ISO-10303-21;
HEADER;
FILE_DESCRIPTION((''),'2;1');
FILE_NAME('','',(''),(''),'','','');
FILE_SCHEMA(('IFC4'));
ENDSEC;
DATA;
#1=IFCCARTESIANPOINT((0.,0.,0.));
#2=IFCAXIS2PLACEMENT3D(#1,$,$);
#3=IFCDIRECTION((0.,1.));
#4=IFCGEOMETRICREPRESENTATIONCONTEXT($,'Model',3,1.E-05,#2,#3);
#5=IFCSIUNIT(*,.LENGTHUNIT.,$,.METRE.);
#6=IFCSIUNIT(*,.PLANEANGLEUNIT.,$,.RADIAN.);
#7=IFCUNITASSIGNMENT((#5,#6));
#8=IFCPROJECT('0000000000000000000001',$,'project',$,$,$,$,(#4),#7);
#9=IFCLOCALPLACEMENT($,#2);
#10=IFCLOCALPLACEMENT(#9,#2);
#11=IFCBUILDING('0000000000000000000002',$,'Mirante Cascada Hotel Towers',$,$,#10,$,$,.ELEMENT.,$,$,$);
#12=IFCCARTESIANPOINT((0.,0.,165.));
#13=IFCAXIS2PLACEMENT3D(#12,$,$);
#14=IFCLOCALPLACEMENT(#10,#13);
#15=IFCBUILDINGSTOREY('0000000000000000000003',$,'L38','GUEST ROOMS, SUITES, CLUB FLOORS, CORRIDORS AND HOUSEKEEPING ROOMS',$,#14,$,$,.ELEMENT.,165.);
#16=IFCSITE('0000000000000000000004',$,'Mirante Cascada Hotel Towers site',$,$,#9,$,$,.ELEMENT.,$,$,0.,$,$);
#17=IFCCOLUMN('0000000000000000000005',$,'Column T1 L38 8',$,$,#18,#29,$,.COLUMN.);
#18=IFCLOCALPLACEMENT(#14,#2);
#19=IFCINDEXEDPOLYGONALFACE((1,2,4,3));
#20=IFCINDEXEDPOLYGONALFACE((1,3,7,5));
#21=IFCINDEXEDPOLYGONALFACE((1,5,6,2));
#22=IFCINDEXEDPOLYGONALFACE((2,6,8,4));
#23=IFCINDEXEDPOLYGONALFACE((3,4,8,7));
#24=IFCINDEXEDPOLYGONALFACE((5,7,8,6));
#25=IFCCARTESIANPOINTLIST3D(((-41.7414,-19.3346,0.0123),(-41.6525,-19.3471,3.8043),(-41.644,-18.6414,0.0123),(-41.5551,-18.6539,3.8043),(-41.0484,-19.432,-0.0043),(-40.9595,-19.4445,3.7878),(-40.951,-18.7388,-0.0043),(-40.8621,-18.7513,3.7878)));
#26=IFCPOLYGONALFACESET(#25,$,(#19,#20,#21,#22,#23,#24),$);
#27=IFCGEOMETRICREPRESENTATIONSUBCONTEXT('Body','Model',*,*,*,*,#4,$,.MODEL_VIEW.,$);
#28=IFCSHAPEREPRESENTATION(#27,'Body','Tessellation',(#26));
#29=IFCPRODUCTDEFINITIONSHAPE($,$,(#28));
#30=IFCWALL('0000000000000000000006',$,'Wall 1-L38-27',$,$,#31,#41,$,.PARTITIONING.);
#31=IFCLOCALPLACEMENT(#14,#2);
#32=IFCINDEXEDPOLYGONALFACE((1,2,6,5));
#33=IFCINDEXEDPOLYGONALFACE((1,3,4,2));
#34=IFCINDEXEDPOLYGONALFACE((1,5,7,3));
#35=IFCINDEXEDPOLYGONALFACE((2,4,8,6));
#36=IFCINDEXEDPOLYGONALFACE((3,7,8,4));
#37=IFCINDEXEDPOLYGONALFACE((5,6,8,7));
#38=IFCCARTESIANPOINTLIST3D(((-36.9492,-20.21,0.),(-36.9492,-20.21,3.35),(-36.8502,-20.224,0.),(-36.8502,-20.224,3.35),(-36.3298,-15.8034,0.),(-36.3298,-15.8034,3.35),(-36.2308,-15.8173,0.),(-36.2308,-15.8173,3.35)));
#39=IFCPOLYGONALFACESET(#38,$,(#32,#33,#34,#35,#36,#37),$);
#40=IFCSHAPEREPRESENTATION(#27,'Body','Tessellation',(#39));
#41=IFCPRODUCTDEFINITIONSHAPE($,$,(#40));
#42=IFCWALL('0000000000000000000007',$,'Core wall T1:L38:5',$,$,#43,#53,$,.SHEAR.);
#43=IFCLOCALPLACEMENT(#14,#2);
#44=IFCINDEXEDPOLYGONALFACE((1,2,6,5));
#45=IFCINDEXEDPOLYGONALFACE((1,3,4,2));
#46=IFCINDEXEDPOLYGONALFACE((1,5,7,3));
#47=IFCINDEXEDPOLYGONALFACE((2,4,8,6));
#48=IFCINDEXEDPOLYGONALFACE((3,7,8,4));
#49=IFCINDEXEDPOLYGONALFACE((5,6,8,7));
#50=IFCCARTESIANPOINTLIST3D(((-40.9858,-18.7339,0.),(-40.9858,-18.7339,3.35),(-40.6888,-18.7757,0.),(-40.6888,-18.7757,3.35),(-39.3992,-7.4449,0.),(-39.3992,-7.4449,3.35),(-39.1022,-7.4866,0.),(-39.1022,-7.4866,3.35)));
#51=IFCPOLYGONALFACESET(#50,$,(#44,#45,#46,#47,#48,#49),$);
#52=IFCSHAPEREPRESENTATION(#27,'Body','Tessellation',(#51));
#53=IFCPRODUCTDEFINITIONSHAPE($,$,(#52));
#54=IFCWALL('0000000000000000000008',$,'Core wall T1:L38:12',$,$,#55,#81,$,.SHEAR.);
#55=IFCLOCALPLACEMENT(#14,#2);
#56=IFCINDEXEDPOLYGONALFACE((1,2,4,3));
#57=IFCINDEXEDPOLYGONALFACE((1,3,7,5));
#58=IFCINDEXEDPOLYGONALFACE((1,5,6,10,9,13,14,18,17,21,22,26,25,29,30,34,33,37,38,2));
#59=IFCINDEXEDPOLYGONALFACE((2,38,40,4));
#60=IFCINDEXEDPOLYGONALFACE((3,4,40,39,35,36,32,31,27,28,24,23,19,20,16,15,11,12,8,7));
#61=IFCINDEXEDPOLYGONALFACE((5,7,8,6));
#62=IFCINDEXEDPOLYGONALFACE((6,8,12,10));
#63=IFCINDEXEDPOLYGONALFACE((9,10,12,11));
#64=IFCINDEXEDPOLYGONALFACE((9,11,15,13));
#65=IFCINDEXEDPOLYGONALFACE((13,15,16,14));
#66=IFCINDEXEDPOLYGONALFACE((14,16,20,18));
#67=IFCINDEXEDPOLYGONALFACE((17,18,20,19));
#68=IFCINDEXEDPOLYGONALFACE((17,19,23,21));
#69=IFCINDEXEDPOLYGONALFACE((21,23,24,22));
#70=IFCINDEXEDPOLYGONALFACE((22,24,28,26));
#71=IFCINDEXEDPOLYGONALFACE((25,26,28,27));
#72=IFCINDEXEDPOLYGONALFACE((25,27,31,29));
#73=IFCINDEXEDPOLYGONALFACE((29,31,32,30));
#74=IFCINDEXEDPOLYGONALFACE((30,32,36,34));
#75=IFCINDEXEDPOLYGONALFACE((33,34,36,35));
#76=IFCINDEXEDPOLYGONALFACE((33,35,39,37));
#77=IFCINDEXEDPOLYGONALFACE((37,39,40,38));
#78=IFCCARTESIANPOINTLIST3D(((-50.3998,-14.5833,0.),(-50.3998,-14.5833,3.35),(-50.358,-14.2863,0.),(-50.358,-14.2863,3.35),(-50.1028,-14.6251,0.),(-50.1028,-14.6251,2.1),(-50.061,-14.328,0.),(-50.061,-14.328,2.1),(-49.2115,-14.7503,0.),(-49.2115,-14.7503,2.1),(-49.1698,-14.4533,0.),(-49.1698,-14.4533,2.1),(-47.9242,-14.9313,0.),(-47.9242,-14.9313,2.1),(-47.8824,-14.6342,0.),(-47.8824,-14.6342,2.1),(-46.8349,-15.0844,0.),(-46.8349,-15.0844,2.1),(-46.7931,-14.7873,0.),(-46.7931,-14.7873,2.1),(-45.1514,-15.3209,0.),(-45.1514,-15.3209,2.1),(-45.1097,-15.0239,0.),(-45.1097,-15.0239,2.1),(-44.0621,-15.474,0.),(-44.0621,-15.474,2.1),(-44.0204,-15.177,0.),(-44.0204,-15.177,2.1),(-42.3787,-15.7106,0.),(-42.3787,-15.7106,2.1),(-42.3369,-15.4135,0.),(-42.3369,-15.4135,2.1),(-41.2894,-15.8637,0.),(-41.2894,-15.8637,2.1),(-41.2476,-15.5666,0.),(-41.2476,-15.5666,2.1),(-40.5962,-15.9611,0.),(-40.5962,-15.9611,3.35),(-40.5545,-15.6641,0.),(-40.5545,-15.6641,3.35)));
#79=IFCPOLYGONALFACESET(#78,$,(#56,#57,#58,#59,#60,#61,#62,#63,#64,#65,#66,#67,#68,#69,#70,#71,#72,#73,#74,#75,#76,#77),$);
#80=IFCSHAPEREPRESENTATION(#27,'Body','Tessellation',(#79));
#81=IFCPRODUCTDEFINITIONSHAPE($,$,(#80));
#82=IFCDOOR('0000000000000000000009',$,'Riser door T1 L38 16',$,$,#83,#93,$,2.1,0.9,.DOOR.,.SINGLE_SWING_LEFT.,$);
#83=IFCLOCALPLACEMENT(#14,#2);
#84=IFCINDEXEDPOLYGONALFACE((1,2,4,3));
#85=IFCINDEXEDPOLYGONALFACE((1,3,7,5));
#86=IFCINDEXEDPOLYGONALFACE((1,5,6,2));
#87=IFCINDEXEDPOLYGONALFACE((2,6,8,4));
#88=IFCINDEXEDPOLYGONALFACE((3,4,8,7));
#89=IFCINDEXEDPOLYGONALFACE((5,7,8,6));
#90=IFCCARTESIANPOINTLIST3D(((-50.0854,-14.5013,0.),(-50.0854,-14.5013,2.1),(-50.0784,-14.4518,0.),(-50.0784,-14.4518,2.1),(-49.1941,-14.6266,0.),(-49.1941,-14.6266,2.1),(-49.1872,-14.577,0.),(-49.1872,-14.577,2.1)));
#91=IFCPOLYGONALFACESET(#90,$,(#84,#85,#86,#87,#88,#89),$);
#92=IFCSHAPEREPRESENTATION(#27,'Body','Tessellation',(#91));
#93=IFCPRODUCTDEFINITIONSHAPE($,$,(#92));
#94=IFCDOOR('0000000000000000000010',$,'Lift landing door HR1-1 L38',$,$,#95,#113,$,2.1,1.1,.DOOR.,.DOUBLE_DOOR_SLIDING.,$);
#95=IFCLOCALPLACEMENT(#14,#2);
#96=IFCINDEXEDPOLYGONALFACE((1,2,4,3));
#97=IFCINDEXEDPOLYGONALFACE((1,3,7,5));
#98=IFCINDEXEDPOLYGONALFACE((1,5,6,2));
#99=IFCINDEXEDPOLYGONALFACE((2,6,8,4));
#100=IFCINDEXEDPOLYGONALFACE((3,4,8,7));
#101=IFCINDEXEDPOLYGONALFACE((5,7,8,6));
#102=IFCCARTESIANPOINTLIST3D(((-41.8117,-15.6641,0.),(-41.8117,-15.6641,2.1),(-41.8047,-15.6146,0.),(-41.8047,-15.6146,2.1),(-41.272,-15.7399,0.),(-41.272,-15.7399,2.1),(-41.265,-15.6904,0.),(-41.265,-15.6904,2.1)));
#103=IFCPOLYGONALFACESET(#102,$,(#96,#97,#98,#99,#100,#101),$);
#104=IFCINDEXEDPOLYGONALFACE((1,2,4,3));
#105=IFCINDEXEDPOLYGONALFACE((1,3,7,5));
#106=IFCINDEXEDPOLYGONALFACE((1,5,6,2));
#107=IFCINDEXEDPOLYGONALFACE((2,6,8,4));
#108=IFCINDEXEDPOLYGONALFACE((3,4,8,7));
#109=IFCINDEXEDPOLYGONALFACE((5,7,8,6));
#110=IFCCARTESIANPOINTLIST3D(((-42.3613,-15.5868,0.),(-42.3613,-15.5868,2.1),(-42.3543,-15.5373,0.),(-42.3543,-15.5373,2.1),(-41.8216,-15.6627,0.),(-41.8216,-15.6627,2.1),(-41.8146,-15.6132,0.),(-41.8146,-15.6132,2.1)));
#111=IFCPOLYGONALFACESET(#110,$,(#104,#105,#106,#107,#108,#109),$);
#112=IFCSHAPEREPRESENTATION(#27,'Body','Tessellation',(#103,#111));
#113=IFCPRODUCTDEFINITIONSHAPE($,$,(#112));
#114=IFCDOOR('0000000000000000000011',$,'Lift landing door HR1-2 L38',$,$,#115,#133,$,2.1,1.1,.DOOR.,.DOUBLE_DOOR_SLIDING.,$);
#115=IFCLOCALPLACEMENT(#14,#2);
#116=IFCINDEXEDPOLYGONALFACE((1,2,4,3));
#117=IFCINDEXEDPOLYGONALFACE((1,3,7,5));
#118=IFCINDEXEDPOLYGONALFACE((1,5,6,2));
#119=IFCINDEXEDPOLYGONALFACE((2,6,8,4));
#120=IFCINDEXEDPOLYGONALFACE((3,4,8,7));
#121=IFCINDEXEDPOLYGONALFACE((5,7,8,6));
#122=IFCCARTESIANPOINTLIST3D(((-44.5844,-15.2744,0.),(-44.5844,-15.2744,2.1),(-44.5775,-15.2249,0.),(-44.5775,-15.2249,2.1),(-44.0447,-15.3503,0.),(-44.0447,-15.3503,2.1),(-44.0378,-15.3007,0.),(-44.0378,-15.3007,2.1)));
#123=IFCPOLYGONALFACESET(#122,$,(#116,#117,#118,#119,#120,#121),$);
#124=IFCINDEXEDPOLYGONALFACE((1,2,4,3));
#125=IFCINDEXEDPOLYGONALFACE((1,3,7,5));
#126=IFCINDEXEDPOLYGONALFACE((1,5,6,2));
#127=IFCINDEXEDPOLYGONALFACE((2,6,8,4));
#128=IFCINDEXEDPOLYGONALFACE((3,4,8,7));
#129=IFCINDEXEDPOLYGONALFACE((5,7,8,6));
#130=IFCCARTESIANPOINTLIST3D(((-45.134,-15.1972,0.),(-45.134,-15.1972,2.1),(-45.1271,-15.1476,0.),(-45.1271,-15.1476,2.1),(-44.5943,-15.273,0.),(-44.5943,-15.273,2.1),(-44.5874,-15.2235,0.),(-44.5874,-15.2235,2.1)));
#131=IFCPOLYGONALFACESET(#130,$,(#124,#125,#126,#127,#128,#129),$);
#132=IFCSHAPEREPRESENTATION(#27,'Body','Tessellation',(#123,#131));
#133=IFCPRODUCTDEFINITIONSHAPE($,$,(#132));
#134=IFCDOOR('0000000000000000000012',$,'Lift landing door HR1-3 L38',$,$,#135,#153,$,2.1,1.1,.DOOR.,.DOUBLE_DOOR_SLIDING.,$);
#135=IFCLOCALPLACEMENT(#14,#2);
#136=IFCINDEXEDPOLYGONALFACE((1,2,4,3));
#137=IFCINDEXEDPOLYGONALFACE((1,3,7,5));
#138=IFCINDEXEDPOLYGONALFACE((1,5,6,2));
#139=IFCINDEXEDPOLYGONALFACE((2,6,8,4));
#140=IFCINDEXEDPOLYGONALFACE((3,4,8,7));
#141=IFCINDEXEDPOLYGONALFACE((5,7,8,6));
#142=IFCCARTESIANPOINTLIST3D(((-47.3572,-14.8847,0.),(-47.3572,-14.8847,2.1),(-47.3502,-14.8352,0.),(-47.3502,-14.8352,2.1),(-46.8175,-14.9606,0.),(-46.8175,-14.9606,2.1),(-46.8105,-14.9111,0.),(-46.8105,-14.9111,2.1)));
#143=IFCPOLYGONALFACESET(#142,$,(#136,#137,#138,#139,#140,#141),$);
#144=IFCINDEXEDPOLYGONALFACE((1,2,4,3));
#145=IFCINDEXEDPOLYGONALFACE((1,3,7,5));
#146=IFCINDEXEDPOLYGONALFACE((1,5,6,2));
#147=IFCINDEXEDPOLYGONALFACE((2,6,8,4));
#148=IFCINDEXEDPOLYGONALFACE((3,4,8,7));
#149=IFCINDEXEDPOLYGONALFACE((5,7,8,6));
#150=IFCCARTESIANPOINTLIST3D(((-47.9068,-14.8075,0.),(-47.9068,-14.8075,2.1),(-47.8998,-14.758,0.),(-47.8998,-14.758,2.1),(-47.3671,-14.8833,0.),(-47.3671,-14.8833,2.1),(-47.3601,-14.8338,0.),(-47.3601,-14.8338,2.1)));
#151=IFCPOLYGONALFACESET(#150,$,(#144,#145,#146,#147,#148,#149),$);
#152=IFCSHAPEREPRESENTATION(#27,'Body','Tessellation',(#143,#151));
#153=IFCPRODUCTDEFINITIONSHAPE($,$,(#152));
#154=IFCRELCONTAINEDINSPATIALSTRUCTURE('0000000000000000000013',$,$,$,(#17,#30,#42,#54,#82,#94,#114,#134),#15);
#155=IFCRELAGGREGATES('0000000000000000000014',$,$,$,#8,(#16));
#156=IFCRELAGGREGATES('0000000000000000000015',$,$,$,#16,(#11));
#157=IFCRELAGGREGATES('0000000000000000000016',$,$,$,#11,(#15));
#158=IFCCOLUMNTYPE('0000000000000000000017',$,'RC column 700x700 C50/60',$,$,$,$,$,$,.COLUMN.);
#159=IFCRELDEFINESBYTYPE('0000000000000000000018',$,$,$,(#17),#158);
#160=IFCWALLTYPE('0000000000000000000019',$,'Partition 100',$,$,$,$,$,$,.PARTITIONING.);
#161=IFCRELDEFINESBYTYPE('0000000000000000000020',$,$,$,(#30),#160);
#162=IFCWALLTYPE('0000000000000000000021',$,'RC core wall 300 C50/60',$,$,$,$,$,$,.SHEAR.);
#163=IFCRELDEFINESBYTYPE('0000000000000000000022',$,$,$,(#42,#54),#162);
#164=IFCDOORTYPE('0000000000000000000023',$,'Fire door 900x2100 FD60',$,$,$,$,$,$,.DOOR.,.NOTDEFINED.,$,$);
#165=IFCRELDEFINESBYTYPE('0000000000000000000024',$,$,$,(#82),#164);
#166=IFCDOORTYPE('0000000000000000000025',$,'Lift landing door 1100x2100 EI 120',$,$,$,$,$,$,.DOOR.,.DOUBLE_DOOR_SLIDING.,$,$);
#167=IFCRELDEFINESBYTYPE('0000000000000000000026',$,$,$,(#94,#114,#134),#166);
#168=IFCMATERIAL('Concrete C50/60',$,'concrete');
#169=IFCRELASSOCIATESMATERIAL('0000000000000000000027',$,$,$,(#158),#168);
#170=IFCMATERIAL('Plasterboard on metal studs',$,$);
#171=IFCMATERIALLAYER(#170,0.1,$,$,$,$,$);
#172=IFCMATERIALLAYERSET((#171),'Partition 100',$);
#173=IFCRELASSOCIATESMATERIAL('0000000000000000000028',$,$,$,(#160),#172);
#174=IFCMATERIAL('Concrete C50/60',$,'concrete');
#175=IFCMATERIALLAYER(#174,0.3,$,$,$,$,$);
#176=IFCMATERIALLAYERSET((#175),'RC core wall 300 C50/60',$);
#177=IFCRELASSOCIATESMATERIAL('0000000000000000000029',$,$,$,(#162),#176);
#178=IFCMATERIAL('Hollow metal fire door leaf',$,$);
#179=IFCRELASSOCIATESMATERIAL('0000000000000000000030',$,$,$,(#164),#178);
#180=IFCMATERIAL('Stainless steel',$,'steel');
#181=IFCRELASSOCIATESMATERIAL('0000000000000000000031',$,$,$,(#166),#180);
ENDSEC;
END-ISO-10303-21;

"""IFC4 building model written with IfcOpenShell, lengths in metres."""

from ifc_helpers import new_model, si_unit, direction, frame, frame_2d, origin, origin_2d, place, context, subcontext, project, spatial, rectangle, extrude, material, layer, layer_set, material_profile, profile_set, type_object, element, fill, save


model = new_model("IFC4")

# Units and contexts
model_context = context("Model", 3, precision=1e-05, world=origin(), true_north=direction((0.0, 1.0)))
body_context = subcontext(model_context, "Body", "Model", "MODEL_VIEW")
ifc_project = project(units=[si_unit("LENGTHUNIT", "METRE"), si_unit("PLANEANGLEUNIT", "RADIAN")], contexts=[model_context])

# Site, building, storey
site_placement = place(None, origin())
site = spatial("IfcSite", under=ifc_project, at=site_placement, Name="Mirante Cascada Hotel Towers site", CompositionType="ELEMENT", RefElevation=0.0)
building_placement = place(site_placement, origin())
building = spatial("IfcBuilding", under=site, at=building_placement, Name="Mirante Cascada Hotel Towers", CompositionType="ELEMENT")
storey_placement = place(building_placement, frame((0.0, 0.0, 165.0)))
storey = spatial("IfcBuildingStorey", under=building, at=storey_placement, Name="L38", Description="GUEST ROOMS, SUITES, CLUB FLOORS, CORRIDORS AND HOUSEKEEPING ROOMS", CompositionType="ELEMENT", Elevation=165.0)

# Column
ifc_material_1 = material(Name="Concrete C50/60", Category="concrete")
ifc_material_profile = material_profile(ifc_material_1, rectangle(XDim=0.7, YDim=0.7, at=origin_2d()), Name="RC column 700x700 C50/60")
ifc_profile_set = profile_set([ifc_material_profile], Name="Concrete C50/60")
column_type = type_object("IfcColumnType", Name="RC column 700x700 C50/60", PredefinedType="COLUMN", material=ifc_profile_set)
column_placement = place(storey_placement, frame((-41.3462, -19.0367, 0.004), z_axis=(0.023438, -0.003295, 0.99972), x_axis=(0.139238, 0.990259, 0.0)))
element("IfcColumn", 1, at=column_placement, inside=storey, type_object=column_type, Name="Column T1 L38 8", PredefinedType="COLUMN", context=body_context, shape_type="SweptSolid", body=[
    extrude(rectangle(XDim=0.7, YDim=0.7, at=origin_2d()), origin(), (0.0, 0.0, 1.0), 3.7931),
])

# Walls
ifc_material_2 = material(Name="Plasterboard on metal studs")
ifc_layer_1 = layer(ifc_material_2, 0.1)
ifc_layer_set_1 = layer_set([ifc_layer_1], Name="Partition 100")
wall_type_1 = type_object("IfcWallType", Name="Partition 100", PredefinedType="PARTITIONING", material=ifc_layer_set_1)
wall_1_placement = place(storey_placement, frame((-36.8997, -20.217, 0.0), z_axis=(0.0, 0.0, 1.0), x_axis=(0.13919, 0.990266, 0.0)))
element("IfcWall", 2, at=wall_1_placement, inside=storey, type_object=wall_type_1, Name="Wall 1-L38-27", PredefinedType="PARTITIONING", context=body_context, shape_type="SweptSolid", body=[
    extrude(rectangle(XDim=4.45, YDim=0.1, at=frame_2d((2.225, 0.0))), origin(), (0.0, 0.0, 1.0), 3.35),
])
ifc_material_3 = material(Name="Concrete C50/60", Category="concrete")
ifc_layer_2 = layer(ifc_material_3, 0.3)
ifc_layer_set_2 = layer_set([ifc_layer_2], Name="RC core wall 300 C50/60")
wall_type_2 = type_object("IfcWallType", Name="RC core wall 300 C50/60", PredefinedType="SHEAR", material=ifc_layer_set_2)
wall_2_placement = place(storey_placement, frame((-40.8373, -18.7548, 0.0), z_axis=(0.0, 0.0, 1.0), x_axis=(0.139175, 0.990268, 0.0)))
element("IfcWall", 3, at=wall_2_placement, inside=storey, type_object=wall_type_2, Name="Core wall T1:L38:5", PredefinedType="SHEAR", context=body_context, shape_type="SweptSolid", body=[
    extrude(rectangle(XDim=11.4, YDim=0.3, at=frame_2d((5.7, 0.0))), origin(), (0.0, 0.0, 1.0), 3.35),
])

# Wall, openings, doors
wall_3_placement = place(storey_placement, frame((-40.5753, -15.8126, 0.0), z_axis=(0.0, 0.0, 1.0), x_axis=(-0.990268, 0.139173, 0.0)))
wall_3 = element("IfcWall", 4, at=wall_3_placement, inside=storey, type_object=wall_type_2, Name="Core wall T1:L38:12", PredefinedType="SHEAR", context=body_context, shape_type="SweptSolid", body=[
    extrude(rectangle(XDim=9.8999, YDim=0.3, at=frame_2d((4.95, 0.0))), origin(), (0.0, 0.0, 1.0), 3.35),
])
opening_1_placement = place(wall_3_placement, frame((0.7, 0.0, 0.0)))
opening_1 = element("IfcOpeningElement", 5, at=opening_1_placement, cuts=wall_3, PredefinedType="OPENING", context=body_context, shape_type="SweptSolid", body=[
    extrude(rectangle(XDim=1.1, YDim=2.1, at=frame_2d((0.55, 1.05))), frame((0.0, 0.15, 0.0), z_axis=(0.0, -1.0, 0.0), x_axis=(1.0, 0.0, 0.0)), (0.0, 0.0, 1.0), 0.3),
])
opening_2_placement = place(wall_3_placement, frame((3.5, 0.0, 0.0)))
opening_2 = element("IfcOpeningElement", 6, at=opening_2_placement, cuts=wall_3, PredefinedType="OPENING", context=body_context, shape_type="SweptSolid", body=[
    extrude(rectangle(XDim=1.1, YDim=2.1, at=frame_2d((0.55, 1.05))), frame((0.0, 0.15, 0.0), z_axis=(0.0, -1.0, 0.0), x_axis=(1.0, 0.0, 0.0)), (0.0, 0.0, 1.0), 0.3),
])
opening_3_placement = place(wall_3_placement, frame((6.3, 0.0, 0.0)))
opening_3 = element("IfcOpeningElement", 7, at=opening_3_placement, cuts=wall_3, PredefinedType="OPENING", context=body_context, shape_type="SweptSolid", body=[
    extrude(rectangle(XDim=1.1, YDim=2.1, at=frame_2d((0.55, 1.05))), frame((0.0, 0.15, 0.0), z_axis=(0.0, -1.0, 0.0), x_axis=(1.0, 0.0, 0.0)), (0.0, 0.0, 1.0), 0.3),
])
opening_4_placement = place(wall_3_placement, frame((8.7, 0.0, 0.0)))
opening_4 = element("IfcOpeningElement", 8, at=opening_4_placement, cuts=wall_3, PredefinedType="OPENING", context=body_context, shape_type="SweptSolid", body=[
    extrude(rectangle(XDim=0.9, YDim=2.1, at=frame_2d((0.45, 1.05))), frame((0.0, 0.15, 0.0), z_axis=(0.0, -1.0, 0.0), x_axis=(1.0, 0.0, 0.0)), (0.0, 0.0, 1.0), 0.3),
])
ifc_material_4 = material(Name="Hollow metal fire door leaf")
door_type_1 = type_object("IfcDoorType", Name="Fire door 900x2100 FD60", OperationType="NOTDEFINED", PredefinedType="DOOR", material=ifc_material_4)
door_1_placement = place(opening_4_placement, origin())
door_1 = element("IfcDoor", 9, at=door_1_placement, inside=storey, type_object=door_type_1, Name="Riser door T1 L38 16", OperationType="SINGLE_SWING_LEFT", OverallHeight=2.1, OverallWidth=0.9, PredefinedType="DOOR", context=body_context, shape_type="SweptSolid", body=[
    extrude(rectangle(XDim=0.9, YDim=2.1, at=frame_2d((0.45, 1.05))), frame((0.0, 0.025, 0.0), z_axis=(0.0, -1.0, 0.0), x_axis=(1.0, 0.0, 0.0)), (0.0, 0.0, 1.0), 0.05),
])
fill(opening_4, door_1)
ifc_material_5 = material(Name="Stainless steel", Category="steel")
door_type_2 = type_object("IfcDoorType", Name="Lift landing door 1100x2100 EI 120", OperationType="DOUBLE_DOOR_SLIDING", PredefinedType="DOOR", material=ifc_material_5)
door_2_placement = place(opening_1_placement, origin())
door_2 = element("IfcDoor", 10, at=door_2_placement, inside=storey, type_object=door_type_2, Name="Lift landing door HR1-1 L38", OperationType="DOUBLE_DOOR_SLIDING", OverallHeight=2.1, OverallWidth=1.1, PredefinedType="DOOR", context=body_context, shape_type="SweptSolid", body=[
    extrude(rectangle(XDim=0.545, YDim=2.1, at=frame_2d((0.2725, 1.05))), frame((0.0, 0.025, 0.0), z_axis=(0.0, -1.0, 0.0), x_axis=(1.0, 0.0, 0.0)), (0.0, 0.0, 1.0), 0.05),
    extrude(rectangle(XDim=0.545, YDim=2.1, at=frame_2d((0.8275, 1.05))), frame((0.0, 0.025, 0.0), z_axis=(0.0, -1.0, 0.0), x_axis=(1.0, 0.0, 0.0)), (0.0, 0.0, 1.0), 0.05),
])
fill(opening_1, door_2)
door_3_placement = place(opening_2_placement, origin())
door_3 = element("IfcDoor", 11, at=door_3_placement, inside=storey, type_object=door_type_2, Name="Lift landing door HR1-2 L38", OperationType="DOUBLE_DOOR_SLIDING", OverallHeight=2.1, OverallWidth=1.1, PredefinedType="DOOR", context=body_context, shape_type="SweptSolid", body=[
    extrude(rectangle(XDim=0.545, YDim=2.1, at=frame_2d((0.2725, 1.05))), frame((0.0, 0.025, 0.0), z_axis=(0.0, -1.0, 0.0), x_axis=(1.0, 0.0, 0.0)), (0.0, 0.0, 1.0), 0.05),
    extrude(rectangle(XDim=0.545, YDim=2.1, at=frame_2d((0.8275, 1.05))), frame((0.0, 0.025, 0.0), z_axis=(0.0, -1.0, 0.0), x_axis=(1.0, 0.0, 0.0)), (0.0, 0.0, 1.0), 0.05),
])
fill(opening_2, door_3)
door_4_placement = place(opening_3_placement, origin())
door_4 = element("IfcDoor", 12, at=door_4_placement, inside=storey, type_object=door_type_2, Name="Lift landing door HR1-3 L38", OperationType="DOUBLE_DOOR_SLIDING", OverallHeight=2.1, OverallWidth=1.1, PredefinedType="DOOR", context=body_context, shape_type="SweptSolid", body=[
    extrude(rectangle(XDim=0.545, YDim=2.1, at=frame_2d((0.2725, 1.05))), frame((0.0, 0.025, 0.0), z_axis=(0.0, -1.0, 0.0), x_axis=(1.0, 0.0, 0.0)), (0.0, 0.0, 1.0), 0.05),
    extrude(rectangle(XDim=0.545, YDim=2.1, at=frame_2d((0.8275, 1.05))), frame((0.0, 0.025, 0.0), z_axis=(0.0, -1.0, 0.0), x_axis=(1.0, 0.0, 0.0)), (0.0, 0.0, 1.0), 0.05),
])
fill(opening_3, door_4)

save(model, "model.ifc")
